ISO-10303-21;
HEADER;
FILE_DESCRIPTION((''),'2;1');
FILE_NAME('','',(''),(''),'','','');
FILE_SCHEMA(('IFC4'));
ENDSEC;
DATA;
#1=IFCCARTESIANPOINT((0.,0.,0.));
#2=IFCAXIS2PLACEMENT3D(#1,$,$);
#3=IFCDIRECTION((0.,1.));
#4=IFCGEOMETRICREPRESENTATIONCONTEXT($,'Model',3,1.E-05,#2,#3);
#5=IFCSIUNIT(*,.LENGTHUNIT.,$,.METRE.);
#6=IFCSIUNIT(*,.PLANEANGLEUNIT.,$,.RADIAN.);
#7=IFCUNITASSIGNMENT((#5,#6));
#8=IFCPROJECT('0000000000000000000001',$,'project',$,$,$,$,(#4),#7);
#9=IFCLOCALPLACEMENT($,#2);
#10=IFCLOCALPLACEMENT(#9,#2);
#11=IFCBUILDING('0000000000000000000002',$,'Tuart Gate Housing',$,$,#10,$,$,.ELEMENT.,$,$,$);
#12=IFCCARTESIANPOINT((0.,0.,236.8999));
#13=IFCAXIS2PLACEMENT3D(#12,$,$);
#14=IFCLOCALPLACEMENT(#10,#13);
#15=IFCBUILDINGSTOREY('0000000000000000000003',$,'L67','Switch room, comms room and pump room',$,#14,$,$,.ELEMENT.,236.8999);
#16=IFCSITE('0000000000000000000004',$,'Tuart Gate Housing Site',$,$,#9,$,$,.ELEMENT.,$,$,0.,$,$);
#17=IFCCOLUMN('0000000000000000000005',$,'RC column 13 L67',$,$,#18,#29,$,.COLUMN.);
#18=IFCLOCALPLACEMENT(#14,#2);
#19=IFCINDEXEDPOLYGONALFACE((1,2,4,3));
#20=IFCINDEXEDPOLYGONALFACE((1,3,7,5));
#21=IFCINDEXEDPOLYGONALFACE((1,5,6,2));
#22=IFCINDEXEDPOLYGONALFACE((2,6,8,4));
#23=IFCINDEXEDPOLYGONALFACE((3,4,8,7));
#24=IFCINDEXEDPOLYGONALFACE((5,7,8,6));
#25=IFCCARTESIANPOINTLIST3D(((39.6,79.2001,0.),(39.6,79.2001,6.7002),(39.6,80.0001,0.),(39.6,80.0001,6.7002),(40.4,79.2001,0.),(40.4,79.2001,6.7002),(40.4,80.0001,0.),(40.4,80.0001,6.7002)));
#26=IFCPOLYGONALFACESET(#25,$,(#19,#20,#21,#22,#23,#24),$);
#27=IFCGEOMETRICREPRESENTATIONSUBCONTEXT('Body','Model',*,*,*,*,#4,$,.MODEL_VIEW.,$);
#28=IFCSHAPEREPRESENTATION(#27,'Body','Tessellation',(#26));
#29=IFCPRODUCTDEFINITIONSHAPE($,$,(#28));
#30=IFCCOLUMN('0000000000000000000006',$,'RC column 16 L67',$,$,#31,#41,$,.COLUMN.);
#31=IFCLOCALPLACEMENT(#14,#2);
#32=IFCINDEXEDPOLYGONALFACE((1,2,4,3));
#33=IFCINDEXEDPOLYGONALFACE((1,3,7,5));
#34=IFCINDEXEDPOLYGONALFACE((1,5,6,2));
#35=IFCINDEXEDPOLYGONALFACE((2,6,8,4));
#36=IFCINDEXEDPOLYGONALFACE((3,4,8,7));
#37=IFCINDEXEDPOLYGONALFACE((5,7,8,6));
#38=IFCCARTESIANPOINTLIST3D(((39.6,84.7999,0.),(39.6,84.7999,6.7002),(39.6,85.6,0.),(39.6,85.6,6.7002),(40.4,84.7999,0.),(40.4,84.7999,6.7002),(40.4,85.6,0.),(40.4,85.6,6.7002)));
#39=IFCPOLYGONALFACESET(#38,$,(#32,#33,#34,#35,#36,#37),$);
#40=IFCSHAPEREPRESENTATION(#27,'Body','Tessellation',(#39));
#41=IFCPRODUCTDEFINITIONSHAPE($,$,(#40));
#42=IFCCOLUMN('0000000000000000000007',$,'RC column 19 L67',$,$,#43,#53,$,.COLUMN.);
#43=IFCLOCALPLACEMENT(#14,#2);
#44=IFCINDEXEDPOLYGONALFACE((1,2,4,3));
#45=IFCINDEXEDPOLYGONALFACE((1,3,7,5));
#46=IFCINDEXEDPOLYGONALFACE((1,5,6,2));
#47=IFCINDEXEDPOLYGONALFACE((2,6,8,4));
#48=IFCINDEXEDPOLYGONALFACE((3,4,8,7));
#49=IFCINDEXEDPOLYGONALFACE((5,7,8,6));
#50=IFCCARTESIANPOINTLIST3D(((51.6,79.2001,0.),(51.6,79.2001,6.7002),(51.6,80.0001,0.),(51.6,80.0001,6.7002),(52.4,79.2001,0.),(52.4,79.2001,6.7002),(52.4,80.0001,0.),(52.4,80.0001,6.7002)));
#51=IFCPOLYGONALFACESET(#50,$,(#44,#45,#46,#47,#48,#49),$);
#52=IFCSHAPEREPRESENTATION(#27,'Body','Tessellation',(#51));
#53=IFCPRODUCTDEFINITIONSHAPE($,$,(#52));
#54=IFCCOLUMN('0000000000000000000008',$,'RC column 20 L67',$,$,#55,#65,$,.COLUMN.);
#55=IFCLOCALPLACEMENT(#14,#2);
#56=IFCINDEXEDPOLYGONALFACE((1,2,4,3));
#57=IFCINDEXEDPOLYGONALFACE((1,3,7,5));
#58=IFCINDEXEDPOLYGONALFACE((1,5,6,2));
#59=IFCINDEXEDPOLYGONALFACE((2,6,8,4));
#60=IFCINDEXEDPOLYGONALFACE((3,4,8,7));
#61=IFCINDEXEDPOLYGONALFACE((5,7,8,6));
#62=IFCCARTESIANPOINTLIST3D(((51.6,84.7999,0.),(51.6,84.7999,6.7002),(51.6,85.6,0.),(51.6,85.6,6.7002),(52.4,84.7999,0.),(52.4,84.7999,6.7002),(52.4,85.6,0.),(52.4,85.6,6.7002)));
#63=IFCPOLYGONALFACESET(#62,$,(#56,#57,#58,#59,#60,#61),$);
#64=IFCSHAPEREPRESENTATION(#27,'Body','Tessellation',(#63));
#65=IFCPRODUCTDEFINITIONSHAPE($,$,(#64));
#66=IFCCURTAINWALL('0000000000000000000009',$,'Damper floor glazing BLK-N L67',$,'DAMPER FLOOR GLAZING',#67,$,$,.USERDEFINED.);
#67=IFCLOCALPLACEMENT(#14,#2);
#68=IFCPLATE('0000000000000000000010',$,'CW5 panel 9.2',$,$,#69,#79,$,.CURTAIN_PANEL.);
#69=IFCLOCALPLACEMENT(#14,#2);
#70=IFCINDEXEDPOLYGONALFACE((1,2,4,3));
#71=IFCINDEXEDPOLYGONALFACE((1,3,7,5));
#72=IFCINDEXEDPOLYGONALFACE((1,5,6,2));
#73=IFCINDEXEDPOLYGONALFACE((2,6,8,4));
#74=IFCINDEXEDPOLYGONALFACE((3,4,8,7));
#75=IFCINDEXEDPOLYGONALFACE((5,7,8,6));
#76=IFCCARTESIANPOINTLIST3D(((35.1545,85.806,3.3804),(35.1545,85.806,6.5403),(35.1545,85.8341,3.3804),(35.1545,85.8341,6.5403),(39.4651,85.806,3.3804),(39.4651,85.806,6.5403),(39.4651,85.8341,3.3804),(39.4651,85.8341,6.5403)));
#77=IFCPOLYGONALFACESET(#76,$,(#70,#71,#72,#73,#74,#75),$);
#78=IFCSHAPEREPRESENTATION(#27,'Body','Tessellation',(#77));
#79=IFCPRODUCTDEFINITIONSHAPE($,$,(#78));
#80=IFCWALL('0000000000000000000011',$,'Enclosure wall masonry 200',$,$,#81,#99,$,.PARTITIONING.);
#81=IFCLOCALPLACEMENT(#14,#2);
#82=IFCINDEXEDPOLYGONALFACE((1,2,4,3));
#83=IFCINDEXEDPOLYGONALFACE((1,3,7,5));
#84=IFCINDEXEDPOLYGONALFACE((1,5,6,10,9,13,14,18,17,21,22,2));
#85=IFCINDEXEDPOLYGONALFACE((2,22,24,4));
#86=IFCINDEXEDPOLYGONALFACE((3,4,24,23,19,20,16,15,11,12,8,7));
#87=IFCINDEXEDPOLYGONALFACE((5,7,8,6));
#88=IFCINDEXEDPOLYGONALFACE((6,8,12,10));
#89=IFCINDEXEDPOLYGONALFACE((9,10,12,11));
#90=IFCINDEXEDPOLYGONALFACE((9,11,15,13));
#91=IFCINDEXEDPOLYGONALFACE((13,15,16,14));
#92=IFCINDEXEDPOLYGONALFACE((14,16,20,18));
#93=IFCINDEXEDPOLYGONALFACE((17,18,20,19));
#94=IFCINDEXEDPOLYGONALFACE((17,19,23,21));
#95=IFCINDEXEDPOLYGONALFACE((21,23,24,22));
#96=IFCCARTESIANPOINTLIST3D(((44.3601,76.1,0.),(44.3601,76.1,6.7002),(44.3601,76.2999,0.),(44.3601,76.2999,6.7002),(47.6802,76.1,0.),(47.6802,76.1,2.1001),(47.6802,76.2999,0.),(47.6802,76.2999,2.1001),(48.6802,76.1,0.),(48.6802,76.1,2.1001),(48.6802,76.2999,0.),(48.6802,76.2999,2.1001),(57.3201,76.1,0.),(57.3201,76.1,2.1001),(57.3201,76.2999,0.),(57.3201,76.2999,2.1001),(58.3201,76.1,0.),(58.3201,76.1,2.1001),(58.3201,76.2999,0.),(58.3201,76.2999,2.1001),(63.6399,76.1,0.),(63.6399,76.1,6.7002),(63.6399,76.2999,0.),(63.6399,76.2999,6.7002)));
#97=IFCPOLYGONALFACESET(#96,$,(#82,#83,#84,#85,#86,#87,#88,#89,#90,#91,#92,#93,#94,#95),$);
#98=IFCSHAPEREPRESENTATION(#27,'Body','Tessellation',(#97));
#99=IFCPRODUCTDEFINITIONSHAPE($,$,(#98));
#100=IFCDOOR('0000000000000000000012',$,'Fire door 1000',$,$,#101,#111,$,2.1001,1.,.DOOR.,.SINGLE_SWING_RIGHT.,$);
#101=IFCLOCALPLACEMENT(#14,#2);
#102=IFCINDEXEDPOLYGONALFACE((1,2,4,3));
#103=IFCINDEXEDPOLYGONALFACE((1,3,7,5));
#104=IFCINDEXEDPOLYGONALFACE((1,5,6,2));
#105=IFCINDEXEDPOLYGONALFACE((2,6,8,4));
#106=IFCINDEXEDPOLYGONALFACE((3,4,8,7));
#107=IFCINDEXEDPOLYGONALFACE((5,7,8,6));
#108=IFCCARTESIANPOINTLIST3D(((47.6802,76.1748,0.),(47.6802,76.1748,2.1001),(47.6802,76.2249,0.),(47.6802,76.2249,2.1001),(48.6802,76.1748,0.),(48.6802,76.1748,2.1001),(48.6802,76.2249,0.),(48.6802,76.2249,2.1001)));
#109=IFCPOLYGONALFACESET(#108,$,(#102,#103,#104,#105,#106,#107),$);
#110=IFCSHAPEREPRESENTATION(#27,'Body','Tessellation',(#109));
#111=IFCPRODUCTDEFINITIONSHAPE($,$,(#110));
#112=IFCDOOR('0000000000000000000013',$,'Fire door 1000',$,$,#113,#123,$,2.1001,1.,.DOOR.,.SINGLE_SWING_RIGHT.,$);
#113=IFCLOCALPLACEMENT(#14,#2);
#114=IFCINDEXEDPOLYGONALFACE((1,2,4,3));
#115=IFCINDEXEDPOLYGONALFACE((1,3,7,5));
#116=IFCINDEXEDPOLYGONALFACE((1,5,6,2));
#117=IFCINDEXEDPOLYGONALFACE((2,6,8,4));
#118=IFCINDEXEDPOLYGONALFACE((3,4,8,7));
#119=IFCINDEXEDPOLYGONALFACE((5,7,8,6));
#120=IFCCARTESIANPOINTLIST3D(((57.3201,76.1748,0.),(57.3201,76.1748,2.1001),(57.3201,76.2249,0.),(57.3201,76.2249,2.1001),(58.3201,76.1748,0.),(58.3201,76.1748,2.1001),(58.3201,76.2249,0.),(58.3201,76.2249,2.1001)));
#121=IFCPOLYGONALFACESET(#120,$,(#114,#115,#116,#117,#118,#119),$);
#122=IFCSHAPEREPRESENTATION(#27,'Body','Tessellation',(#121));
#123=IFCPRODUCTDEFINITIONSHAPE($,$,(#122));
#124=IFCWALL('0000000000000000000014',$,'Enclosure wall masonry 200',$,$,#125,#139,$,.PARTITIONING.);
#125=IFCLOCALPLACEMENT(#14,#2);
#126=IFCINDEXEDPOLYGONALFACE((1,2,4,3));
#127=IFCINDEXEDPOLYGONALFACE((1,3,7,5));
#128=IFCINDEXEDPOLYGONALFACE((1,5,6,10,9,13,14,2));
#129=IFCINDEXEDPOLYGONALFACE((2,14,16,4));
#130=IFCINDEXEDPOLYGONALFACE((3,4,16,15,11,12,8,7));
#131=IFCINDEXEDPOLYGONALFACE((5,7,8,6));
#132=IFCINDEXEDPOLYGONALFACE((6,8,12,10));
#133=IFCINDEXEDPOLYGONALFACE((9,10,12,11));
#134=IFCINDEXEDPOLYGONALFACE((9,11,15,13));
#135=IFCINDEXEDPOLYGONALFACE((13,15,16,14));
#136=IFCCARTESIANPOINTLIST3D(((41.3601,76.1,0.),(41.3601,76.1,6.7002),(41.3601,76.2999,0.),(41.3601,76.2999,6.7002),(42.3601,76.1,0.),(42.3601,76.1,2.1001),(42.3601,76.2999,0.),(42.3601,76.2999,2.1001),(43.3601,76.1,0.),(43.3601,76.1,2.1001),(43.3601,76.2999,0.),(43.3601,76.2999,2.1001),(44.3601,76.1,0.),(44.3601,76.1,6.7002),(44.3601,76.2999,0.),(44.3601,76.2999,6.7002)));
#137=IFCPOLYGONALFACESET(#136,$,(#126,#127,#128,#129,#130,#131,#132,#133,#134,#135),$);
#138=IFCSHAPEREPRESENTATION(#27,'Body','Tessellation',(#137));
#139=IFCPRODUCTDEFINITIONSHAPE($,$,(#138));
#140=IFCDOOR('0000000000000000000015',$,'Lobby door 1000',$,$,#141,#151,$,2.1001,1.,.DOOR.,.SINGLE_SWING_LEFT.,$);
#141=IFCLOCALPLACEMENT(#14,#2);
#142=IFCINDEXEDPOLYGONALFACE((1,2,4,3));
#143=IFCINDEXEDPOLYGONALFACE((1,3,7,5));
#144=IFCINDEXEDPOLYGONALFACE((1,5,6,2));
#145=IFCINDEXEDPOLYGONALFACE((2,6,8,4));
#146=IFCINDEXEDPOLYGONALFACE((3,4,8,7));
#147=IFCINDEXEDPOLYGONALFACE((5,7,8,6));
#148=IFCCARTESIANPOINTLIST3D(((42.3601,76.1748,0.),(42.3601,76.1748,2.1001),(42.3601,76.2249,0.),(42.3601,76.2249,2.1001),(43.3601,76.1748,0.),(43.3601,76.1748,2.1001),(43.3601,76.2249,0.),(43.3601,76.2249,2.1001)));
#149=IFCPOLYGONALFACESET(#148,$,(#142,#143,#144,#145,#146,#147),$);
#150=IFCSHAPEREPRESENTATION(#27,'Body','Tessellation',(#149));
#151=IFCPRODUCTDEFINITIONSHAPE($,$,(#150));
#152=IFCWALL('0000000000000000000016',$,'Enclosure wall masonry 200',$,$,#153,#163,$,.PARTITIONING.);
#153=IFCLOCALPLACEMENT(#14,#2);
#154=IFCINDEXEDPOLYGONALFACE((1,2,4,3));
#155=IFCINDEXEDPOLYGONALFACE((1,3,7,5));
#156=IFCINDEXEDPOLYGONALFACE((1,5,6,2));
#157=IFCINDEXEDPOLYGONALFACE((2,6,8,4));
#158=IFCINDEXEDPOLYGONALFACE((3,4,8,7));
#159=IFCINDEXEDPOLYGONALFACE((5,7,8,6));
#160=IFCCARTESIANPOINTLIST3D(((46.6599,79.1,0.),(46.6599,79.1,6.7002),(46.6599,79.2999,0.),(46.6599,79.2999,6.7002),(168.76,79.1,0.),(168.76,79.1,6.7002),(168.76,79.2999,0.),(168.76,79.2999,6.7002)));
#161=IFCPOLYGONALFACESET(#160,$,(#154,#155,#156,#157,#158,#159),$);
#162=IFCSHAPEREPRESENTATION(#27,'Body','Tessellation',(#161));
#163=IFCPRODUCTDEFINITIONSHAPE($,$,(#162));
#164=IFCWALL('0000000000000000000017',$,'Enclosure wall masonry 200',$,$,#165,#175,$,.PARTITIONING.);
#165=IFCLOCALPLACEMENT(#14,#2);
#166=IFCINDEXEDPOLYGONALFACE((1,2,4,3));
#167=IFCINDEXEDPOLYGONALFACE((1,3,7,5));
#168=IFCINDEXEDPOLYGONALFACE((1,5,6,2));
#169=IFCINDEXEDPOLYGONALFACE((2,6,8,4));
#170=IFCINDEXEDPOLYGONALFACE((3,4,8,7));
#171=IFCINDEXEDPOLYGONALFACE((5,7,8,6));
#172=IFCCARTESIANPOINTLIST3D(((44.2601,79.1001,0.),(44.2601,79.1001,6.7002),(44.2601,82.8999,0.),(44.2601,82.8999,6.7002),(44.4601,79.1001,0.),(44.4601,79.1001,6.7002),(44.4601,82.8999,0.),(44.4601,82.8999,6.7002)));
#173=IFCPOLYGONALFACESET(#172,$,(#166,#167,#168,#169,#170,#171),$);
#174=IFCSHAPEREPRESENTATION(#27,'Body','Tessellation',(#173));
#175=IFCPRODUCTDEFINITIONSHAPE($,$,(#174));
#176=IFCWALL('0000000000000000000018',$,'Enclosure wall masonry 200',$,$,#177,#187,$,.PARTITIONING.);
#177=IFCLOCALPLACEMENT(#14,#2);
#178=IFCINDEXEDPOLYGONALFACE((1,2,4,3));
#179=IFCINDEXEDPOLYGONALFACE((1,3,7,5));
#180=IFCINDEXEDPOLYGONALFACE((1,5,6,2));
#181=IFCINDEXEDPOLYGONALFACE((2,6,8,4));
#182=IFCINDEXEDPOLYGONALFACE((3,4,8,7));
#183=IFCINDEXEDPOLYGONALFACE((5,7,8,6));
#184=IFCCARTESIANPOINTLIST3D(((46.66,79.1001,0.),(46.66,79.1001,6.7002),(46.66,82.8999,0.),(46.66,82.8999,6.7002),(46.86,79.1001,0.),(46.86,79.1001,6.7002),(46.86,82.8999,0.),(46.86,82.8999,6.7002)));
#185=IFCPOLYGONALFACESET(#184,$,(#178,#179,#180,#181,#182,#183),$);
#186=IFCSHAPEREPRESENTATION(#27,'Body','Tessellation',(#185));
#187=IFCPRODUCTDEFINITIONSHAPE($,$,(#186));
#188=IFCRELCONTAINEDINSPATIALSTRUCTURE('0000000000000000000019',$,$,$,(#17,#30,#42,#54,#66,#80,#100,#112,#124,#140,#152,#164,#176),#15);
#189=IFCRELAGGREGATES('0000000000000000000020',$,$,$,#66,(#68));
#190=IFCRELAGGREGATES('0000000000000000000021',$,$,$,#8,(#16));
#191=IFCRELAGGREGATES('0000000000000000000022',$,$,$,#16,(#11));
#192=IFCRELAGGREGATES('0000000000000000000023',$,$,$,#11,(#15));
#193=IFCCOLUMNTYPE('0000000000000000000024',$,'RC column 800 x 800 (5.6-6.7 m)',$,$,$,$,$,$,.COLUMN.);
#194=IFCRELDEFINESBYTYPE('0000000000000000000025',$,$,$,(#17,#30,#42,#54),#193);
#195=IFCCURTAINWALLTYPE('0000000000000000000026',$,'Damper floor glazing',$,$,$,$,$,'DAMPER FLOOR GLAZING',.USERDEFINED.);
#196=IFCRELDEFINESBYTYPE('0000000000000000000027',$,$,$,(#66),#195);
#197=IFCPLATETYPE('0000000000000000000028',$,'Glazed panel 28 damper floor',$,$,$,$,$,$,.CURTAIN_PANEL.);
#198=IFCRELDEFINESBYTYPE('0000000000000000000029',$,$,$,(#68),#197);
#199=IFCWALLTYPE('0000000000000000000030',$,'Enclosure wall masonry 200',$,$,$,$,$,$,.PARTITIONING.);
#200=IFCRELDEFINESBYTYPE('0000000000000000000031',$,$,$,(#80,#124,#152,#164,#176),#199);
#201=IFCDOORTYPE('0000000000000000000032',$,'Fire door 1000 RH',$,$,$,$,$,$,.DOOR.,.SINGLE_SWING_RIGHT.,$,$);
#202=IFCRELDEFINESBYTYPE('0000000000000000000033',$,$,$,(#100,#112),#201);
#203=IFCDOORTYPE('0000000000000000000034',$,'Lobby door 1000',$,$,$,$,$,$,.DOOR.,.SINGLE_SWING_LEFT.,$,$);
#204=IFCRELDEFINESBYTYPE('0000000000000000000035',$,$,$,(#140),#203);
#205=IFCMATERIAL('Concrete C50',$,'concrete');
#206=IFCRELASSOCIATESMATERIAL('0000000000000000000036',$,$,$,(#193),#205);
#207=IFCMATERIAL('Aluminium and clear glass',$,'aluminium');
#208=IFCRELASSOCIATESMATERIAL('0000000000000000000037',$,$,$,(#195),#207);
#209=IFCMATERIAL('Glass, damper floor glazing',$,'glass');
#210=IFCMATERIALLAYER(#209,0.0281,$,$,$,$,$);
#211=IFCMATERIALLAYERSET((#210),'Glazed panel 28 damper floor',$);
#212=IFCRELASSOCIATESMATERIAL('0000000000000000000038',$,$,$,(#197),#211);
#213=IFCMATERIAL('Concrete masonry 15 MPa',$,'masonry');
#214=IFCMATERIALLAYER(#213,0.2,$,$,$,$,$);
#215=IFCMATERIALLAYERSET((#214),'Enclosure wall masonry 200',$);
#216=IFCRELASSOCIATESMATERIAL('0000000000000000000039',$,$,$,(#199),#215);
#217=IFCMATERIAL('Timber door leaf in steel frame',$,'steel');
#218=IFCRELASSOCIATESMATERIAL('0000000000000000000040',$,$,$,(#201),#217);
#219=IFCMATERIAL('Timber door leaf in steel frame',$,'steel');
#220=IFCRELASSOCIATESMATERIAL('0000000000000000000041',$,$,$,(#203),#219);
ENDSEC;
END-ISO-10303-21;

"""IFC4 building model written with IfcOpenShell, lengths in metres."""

from ifc_helpers import new_model, si_unit, direction, frame, frame_2d, origin, origin_2d, place, context, subcontext, project, spatial, rectangle, extrude, material, layer, layer_set, material_profile, profile_set, type_object, element, fill, aggregate, save


model = new_model("IFC4")

# Units and contexts
model_context = context("Model", 3, precision=1e-05, world=origin(), true_north=direction((0.0, 1.0)))
body_context = subcontext(model_context, "Body", "Model", "MODEL_VIEW")
ifc_project = project(units=[si_unit("LENGTHUNIT", "METRE"), si_unit("PLANEANGLEUNIT", "RADIAN")], contexts=[model_context])

# Site, building, storey
site_placement = place(None, origin())
site = spatial("IfcSite", under=ifc_project, at=site_placement, Name="Tuart Gate Housing Site", CompositionType="ELEMENT", RefElevation=0.0)
building_placement = place(site_placement, origin())
building = spatial("IfcBuilding", under=site, at=building_placement, Name="Tuart Gate Housing", CompositionType="ELEMENT")
storey_placement = place(building_placement, frame((0.0, 0.0, 236.8999)))
storey = spatial("IfcBuildingStorey", under=building, at=storey_placement, Name="L67", Description="Switch room, comms room and pump room", CompositionType="ELEMENT", Elevation=236.8999)

# Columns
ifc_material_1 = material(Name="Concrete C50", Category="concrete")
ifc_material_profile = material_profile(ifc_material_1, rectangle(XDim=0.8, YDim=0.8, at=origin_2d()), Name="RC column 800 x 800 (5.6-6.7 m)")
ifc_profile_set = profile_set([ifc_material_profile], Name="Concrete C50")
column_type = type_object("IfcColumnType", Name="RC column 800 x 800 (5.6-6.7 m)", PredefinedType="COLUMN", material=ifc_profile_set)
for number, where, z_axis, x_axis, name in (
    (1, (40.0, 79.6001, 0.0), (0.0, 0.0, 1.0), (1.0, 0.0, 0.0), "RC column 13 L67"),
    (2, (40.0, 85.2, 0.0), (0.0, 0.0, 1.0), (1.0, 0.0, 0.0), "RC column 16 L67"),
    (3, (52.0, 79.6001, 0.0), (0.0, 0.0, 1.0), (1.0, 0.0, 0.0), "RC column 19 L67"),
    (4, (52.0, 85.2, 0.0), (0.0, 0.0, 1.0), (1.0, 0.0, 0.0), "RC column 20 L67"),
):
    element("IfcColumn", number, at=place(storey_placement, frame(where, z_axis=z_axis, x_axis=x_axis)), inside=storey, type_object=column_type, Name=name, PredefinedType="COLUMN", context=body_context, shape_type="SweptSolid", body=[
        extrude(rectangle(XDim=0.8, YDim=0.8, at=origin_2d()), origin(), (0.0, 0.0, 1.0), 6.7002),
    ])

# Curtain wall, plate
ifc_material_2 = material(Name="Aluminium and clear glass", Category="aluminium")
curtain_wall_type = type_object("IfcCurtainWallType", Name="Damper floor glazing", ElementType="DAMPER FLOOR GLAZING", PredefinedType="USERDEFINED", material=ifc_material_2)
curtain_wall_placement = place(storey_placement, origin())
curtain_wall = element("IfcCurtainWall", 5, at=curtain_wall_placement, inside=storey, type_object=curtain_wall_type, Name="Damper floor glazing BLK-N L67", ObjectType="DAMPER FLOOR GLAZING", PredefinedType="USERDEFINED")
ifc_material_3 = material(Name="Glass, damper floor glazing", Category="glass")
ifc_layer_1 = layer(ifc_material_3, 0.0281)
ifc_layer_set_1 = layer_set([ifc_layer_1], Name="Glazed panel 28 damper floor")
plate_type = type_object("IfcPlateType", Name="Glazed panel 28 damper floor", PredefinedType="CURTAIN_PANEL", material=ifc_layer_set_1)
plate_placement = place(storey_placement, frame((37.3098, 85.8201, 3.3804), z_axis=(0.0, 0.0, 1.0), x_axis=(-1.0, 0.0, 0.0)))
plate = element("IfcPlate", 6, at=plate_placement, type_object=plate_type, Name="CW5 panel 9.2", PredefinedType="CURTAIN_PANEL", context=body_context, shape_type="SweptSolid", body=[
    extrude(rectangle(XDim=4.3105, YDim=0.0281, at=origin_2d()), origin(), (0.0, 0.0, 1.0), 3.1599),
])
aggregate(curtain_wall, [plate])

# Wall, openings, doors
ifc_material_4 = material(Name="Concrete masonry 15 MPa", Category="masonry")
ifc_layer_2 = layer(ifc_material_4, 0.2)
ifc_layer_set_2 = layer_set([ifc_layer_2], Name="Enclosure wall masonry 200")
wall_type = type_object("IfcWallType", Name="Enclosure wall masonry 200", PredefinedType="PARTITIONING", material=ifc_layer_set_2)
wall_1_placement = place(storey_placement, frame((44.3601, 76.2, 0.0), z_axis=(0.0, 0.0, 1.0), x_axis=(1.0, 0.0, 0.0)))
wall_1 = element("IfcWall", 7, at=wall_1_placement, inside=storey, type_object=wall_type, Name="Enclosure wall masonry 200", PredefinedType="PARTITIONING", context=body_context, shape_type="SweptSolid", body=[
    extrude(rectangle(XDim=19.2798, YDim=0.2, at=frame_2d((9.6399, 0.0))), origin(), (0.0, 0.0, 1.0), 6.7002),
])
opening_1_placement = place(wall_1_placement, frame((3.3201, 0.0, 0.0)))
opening_1 = element("IfcOpeningElement", 8, at=opening_1_placement, cuts=wall_1, PredefinedType="OPENING", context=body_context, shape_type="SweptSolid", body=[
    extrude(rectangle(XDim=1.0, YDim=2.1001, at=frame_2d((0.5, 1.05))), frame((0.0, 0.1099, 0.0), z_axis=(0.0, -1.0, 0.0), x_axis=(1.0, 0.0, 0.0)), (0.0, 0.0, 1.0), 0.22),
])
opening_2_placement = place(wall_1_placement, frame((12.96, 0.0, 0.0)))
opening_2 = element("IfcOpeningElement", 9, at=opening_2_placement, cuts=wall_1, PredefinedType="OPENING", context=body_context, shape_type="SweptSolid", body=[
    extrude(rectangle(XDim=1.0, YDim=2.1001, at=frame_2d((0.5, 1.05))), frame((0.0, 0.1099, 0.0), z_axis=(0.0, -1.0, 0.0), x_axis=(1.0, 0.0, 0.0)), (0.0, 0.0, 1.0), 0.22),
])
ifc_material_5 = material(Name="Timber door leaf in steel frame", Category="steel")
door_type_1 = type_object("IfcDoorType", Name="Fire door 1000 RH", OperationType="SINGLE_SWING_RIGHT", PredefinedType="DOOR", material=ifc_material_5)
door_1_placement = place(opening_1_placement, frame((1.0, 0.0, 0.0), z_axis=(0.0, 0.0, 1.0), x_axis=(-1.0, 0.0, 0.0)))
door_1 = element("IfcDoor", 10, at=door_1_placement, inside=storey, type_object=door_type_1, Name="Fire door 1000", OperationType="SINGLE_SWING_RIGHT", OverallHeight=2.1001, OverallWidth=1.0, PredefinedType="DOOR", context=body_context, shape_type="SweptSolid", body=[
    extrude(rectangle(XDim=1.0, YDim=2.1001, at=frame_2d((0.5, 1.05))), frame((0.0, 0.0251, 0.0), z_axis=(0.0, -1.0, 0.0), x_axis=(1.0, 0.0, 0.0)), (0.0, 0.0, 1.0), 0.05),
])
fill(opening_1, door_1)
door_2_placement = place(opening_2_placement, frame((1.0, 0.0, 0.0), z_axis=(0.0, 0.0, 1.0), x_axis=(-1.0, 0.0, 0.0)))
door_2 = element("IfcDoor", 11, at=door_2_placement, inside=storey, type_object=door_type_1, Name="Fire door 1000", OperationType="SINGLE_SWING_RIGHT", OverallHeight=2.1001, OverallWidth=1.0, PredefinedType="DOOR", context=body_context, shape_type="SweptSolid", body=[
    extrude(rectangle(XDim=1.0, YDim=2.1001, at=frame_2d((0.5, 1.05))), frame((0.0, 0.0251, 0.0), z_axis=(0.0, -1.0, 0.0), x_axis=(1.0, 0.0, 0.0)), (0.0, 0.0, 1.0), 0.05),
])
fill(opening_2, door_2)

# Wall, opening, door
wall_2_placement = place(storey_placement, frame((41.3601, 76.2, 0.0), z_axis=(0.0, 0.0, 1.0), x_axis=(1.0, 0.0, 0.0)))
wall_2 = element("IfcWall", 12, at=wall_2_placement, inside=storey, type_object=wall_type, Name="Enclosure wall masonry 200", PredefinedType="PARTITIONING", context=body_context, shape_type="SweptSolid", body=[
    extrude(rectangle(XDim=3.0, YDim=0.2, at=frame_2d((1.5, 0.0))), origin(), (0.0, 0.0, 1.0), 6.7002),
])
opening_3_placement = place(wall_2_placement, frame((1.0, 0.0, 0.0)))
opening_3 = element("IfcOpeningElement", 13, at=opening_3_placement, cuts=wall_2, PredefinedType="OPENING", context=body_context, shape_type="SweptSolid", body=[
    extrude(rectangle(XDim=1.0, YDim=2.1001, at=frame_2d((0.5, 1.05))), frame((0.0, 0.1099, 0.0), z_axis=(0.0, -1.0, 0.0), x_axis=(1.0, 0.0, 0.0)), (0.0, 0.0, 1.0), 0.22),
])
ifc_material_6 = material(Name="Timber door leaf in steel frame", Category="steel")
door_type_2 = type_object("IfcDoorType", Name="Lobby door 1000", OperationType="SINGLE_SWING_LEFT", PredefinedType="DOOR", material=ifc_material_6)
door_3_placement = place(opening_3_placement, frame((1.0, 0.0, 0.0), z_axis=(0.0, 0.0, 1.0), x_axis=(-1.0, 0.0, 0.0)))
door_3 = element("IfcDoor", 14, at=door_3_placement, inside=storey, type_object=door_type_2, Name="Lobby door 1000", OperationType="SINGLE_SWING_LEFT", OverallHeight=2.1001, OverallWidth=1.0, PredefinedType="DOOR", context=body_context, shape_type="SweptSolid", body=[
    extrude(rectangle(XDim=1.0, YDim=2.1001, at=frame_2d((0.5, 1.05))), frame((0.0, 0.0251, 0.0), z_axis=(0.0, -1.0, 0.0), x_axis=(1.0, 0.0, 0.0)), (0.0, 0.0, 1.0), 0.05),
])
fill(opening_3, door_3)

# Wall
wall_3_placement = place(storey_placement, frame((46.6599, 79.2, 0.0), z_axis=(0.0, 0.0, 1.0), x_axis=(1.0, 0.0, 0.0)))
element("IfcWall", 15, at=wall_3_placement, inside=storey, type_object=wall_type, Name="Enclosure wall masonry 200", PredefinedType="PARTITIONING", context=body_context, shape_type="SweptSolid", body=[
    extrude(rectangle(XDim=122.1001, YDim=0.2, at=frame_2d((61.05, 0.0))), origin(), (0.0, 0.0, 1.0), 6.7002),
])

# Walls
for number, where, z_axis, x_axis, name in (
    (16, (44.3601, 79.1001, 0.0), (0.0, 0.0, 1.0), (0.0, 1.0, 0.0), "Enclosure wall masonry 200"),
    (17, (46.76, 79.1001, 0.0), (0.0, 0.0, 1.0), (0.0, 1.0, 0.0), "Enclosure wall masonry 200"),
):
    element("IfcWall", number, at=place(storey_placement, frame(where, z_axis=z_axis, x_axis=x_axis)), inside=storey, type_object=wall_type, Name=name, PredefinedType="PARTITIONING", context=body_context, shape_type="SweptSolid", body=[
        extrude(rectangle(XDim=3.7998, YDim=0.2, at=frame_2d((1.8999, 0.0))), origin(), (0.0, 0.0, 1.0), 6.7002),
    ])

save(model, "model.ifc")
